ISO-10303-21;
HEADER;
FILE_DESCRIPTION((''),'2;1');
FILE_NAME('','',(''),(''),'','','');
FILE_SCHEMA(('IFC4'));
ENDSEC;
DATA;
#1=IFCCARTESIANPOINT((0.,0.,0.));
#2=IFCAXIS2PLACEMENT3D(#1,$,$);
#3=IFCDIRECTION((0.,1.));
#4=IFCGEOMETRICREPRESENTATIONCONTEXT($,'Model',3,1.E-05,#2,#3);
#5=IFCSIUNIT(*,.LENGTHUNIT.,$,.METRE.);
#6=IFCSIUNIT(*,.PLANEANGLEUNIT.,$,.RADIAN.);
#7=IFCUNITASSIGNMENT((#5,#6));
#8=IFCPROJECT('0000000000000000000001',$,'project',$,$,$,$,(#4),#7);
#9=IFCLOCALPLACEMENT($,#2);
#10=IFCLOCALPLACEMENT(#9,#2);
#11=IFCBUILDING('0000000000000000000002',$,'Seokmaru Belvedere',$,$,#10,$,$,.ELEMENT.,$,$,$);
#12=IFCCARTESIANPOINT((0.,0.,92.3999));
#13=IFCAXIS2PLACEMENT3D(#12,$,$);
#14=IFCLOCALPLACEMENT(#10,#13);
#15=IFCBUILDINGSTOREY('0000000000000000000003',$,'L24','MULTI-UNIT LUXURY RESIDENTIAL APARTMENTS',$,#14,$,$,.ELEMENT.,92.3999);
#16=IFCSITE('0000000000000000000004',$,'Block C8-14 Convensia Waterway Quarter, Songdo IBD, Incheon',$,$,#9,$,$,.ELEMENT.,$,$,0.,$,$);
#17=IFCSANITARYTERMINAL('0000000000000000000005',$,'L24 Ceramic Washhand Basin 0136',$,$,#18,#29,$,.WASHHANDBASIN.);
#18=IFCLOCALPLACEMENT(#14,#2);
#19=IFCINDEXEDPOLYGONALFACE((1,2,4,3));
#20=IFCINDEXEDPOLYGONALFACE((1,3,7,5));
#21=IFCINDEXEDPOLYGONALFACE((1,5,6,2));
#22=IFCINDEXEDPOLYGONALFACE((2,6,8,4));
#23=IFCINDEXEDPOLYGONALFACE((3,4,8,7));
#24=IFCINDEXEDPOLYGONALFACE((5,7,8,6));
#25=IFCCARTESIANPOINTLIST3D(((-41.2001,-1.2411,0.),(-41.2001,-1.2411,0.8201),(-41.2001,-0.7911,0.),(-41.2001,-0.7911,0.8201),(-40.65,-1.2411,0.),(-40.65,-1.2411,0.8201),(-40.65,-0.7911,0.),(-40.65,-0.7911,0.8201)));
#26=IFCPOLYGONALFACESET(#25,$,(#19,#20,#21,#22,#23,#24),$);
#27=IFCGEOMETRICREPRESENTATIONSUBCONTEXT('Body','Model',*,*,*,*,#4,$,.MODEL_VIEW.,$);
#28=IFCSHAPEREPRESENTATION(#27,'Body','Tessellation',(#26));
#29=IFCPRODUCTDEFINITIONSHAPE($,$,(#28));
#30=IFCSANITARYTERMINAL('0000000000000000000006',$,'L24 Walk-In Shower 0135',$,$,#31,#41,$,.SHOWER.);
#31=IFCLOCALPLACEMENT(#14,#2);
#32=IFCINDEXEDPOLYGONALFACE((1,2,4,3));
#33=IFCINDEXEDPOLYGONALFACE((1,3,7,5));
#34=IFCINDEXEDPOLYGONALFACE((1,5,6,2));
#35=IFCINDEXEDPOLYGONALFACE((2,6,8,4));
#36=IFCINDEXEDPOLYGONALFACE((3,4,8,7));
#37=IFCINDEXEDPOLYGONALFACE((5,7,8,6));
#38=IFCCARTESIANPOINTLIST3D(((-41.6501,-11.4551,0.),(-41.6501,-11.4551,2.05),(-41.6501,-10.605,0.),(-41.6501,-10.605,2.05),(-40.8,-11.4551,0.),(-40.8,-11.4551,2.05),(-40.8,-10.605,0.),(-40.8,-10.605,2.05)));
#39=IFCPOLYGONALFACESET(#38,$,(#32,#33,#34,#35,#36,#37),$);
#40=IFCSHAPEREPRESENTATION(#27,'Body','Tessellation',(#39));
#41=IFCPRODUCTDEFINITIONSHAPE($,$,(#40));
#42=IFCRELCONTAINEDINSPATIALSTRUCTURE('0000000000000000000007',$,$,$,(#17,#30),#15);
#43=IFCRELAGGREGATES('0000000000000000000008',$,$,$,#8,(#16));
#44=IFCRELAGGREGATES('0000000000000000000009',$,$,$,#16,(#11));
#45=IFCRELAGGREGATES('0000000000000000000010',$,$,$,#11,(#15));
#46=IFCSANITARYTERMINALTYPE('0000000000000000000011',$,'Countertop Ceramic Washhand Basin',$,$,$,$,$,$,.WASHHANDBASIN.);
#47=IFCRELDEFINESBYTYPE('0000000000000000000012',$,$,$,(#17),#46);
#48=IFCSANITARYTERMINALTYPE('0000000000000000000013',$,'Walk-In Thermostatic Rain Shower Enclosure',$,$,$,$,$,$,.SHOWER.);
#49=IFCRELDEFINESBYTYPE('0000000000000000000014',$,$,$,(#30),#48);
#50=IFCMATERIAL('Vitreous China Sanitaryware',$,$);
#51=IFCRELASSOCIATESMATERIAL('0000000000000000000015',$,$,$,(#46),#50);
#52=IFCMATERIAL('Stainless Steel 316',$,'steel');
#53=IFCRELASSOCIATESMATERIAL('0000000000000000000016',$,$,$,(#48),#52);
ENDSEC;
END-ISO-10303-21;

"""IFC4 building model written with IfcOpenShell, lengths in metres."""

from ifc_helpers import new_model, si_unit, direction, frame, origin, origin_2d, place, context, subcontext, project, spatial, rectangle, extrude, source, transform, mapped, material, type_object, type_shapes, element, save


model = new_model("IFC4")

# Units and contexts
model_context = context("Model", 3, precision=1e-05, world=origin(), true_north=direction((0.0, 1.0)))
body_context = subcontext(model_context, "Body", "Model", "MODEL_VIEW")
ifc_project = project(units=[si_unit("LENGTHUNIT", "METRE"), si_unit("PLANEANGLEUNIT", "RADIAN")], contexts=[model_context])

# Site, building, storey
site_placement = place(None, origin())
site = spatial("IfcSite", under=ifc_project, at=site_placement, Name="Block C8-14 Convensia Waterway Quarter, Songdo IBD, Incheon", CompositionType="ELEMENT", RefElevation=0.0)
building_placement = place(site_placement, origin())
building = spatial("IfcBuilding", under=site, at=building_placement, Name="Seokmaru Belvedere", CompositionType="ELEMENT")
storey_placement = place(building_placement, frame((0.0, 0.0, 92.3999)))
storey = spatial("IfcBuildingStorey", under=building, at=storey_placement, Name="L24", Description="MULTI-UNIT LUXURY RESIDENTIAL APARTMENTS", CompositionType="ELEMENT", Elevation=92.3999)

# Sanitary terminals
ifc_material_1 = material(Name="Vitreous China Sanitaryware")
sanitary_terminal_type_1 = type_object("IfcSanitaryTerminalType", Name="Countertop Ceramic Washhand Basin", PredefinedType="WASHHANDBASIN", material=ifc_material_1)
shared_shape_1 = source(origin(), body_context, "Body", "SweptSolid", [
    extrude(rectangle(XDim=0.55, YDim=0.45, at=origin_2d()), origin(), (0.0, 0.0, 1.0), 0.8201),
])
type_shapes(sanitary_terminal_type_1, [shared_shape_1])
for number, where, z_axis, x_axis, name in (
    (1, (-40.925, -1.0161, 0.0), (0.0, 0.0, 1.0), (1.0, 0.0, 0.0), "L24 Ceramic Washhand Basin 0136"),
):
    element("IfcSanitaryTerminal", number, at=place(storey_placement, frame(where, z_axis=z_axis, x_axis=x_axis)), inside=storey, type_object=sanitary_terminal_type_1, Name=name, PredefinedType="WASHHANDBASIN", context=body_context, shape_type="MappedRepresentation", body=[
        mapped(shared_shape_1, transform((0.0, 0.0, 0.0), scale=1.0)),
    ])
ifc_material_2 = material(Name="Stainless Steel 316", Category="steel")
sanitary_terminal_type_2 = type_object("IfcSanitaryTerminalType", Name="Walk-In Thermostatic Rain Shower Enclosure", PredefinedType="SHOWER", material=ifc_material_2)
shared_shape_2 = source(origin(), body_context, "Body", "SweptSolid", [
    extrude(rectangle(XDim=0.8501, YDim=0.8501, at=origin_2d()), origin(), (0.0, 0.0, 1.0), 2.05),
])
type_shapes(sanitary_terminal_type_2, [shared_shape_2])
sanitary_terminal_placement = place(storey_placement, frame((-41.2251, -11.03, 0.0), z_axis=(0.0, 0.0, 1.0), x_axis=(1.0, 0.0, 0.0)))
element("IfcSanitaryTerminal", 2, at=sanitary_terminal_placement, inside=storey, type_object=sanitary_terminal_type_2, Name="L24 Walk-In Shower 0135", PredefinedType="SHOWER", context=body_context, shape_type="MappedRepresentation", body=[
    mapped(shared_shape_2, transform((0.0, 0.0, 0.0), scale=1.0)),
])

save(model, "model.ifc")
